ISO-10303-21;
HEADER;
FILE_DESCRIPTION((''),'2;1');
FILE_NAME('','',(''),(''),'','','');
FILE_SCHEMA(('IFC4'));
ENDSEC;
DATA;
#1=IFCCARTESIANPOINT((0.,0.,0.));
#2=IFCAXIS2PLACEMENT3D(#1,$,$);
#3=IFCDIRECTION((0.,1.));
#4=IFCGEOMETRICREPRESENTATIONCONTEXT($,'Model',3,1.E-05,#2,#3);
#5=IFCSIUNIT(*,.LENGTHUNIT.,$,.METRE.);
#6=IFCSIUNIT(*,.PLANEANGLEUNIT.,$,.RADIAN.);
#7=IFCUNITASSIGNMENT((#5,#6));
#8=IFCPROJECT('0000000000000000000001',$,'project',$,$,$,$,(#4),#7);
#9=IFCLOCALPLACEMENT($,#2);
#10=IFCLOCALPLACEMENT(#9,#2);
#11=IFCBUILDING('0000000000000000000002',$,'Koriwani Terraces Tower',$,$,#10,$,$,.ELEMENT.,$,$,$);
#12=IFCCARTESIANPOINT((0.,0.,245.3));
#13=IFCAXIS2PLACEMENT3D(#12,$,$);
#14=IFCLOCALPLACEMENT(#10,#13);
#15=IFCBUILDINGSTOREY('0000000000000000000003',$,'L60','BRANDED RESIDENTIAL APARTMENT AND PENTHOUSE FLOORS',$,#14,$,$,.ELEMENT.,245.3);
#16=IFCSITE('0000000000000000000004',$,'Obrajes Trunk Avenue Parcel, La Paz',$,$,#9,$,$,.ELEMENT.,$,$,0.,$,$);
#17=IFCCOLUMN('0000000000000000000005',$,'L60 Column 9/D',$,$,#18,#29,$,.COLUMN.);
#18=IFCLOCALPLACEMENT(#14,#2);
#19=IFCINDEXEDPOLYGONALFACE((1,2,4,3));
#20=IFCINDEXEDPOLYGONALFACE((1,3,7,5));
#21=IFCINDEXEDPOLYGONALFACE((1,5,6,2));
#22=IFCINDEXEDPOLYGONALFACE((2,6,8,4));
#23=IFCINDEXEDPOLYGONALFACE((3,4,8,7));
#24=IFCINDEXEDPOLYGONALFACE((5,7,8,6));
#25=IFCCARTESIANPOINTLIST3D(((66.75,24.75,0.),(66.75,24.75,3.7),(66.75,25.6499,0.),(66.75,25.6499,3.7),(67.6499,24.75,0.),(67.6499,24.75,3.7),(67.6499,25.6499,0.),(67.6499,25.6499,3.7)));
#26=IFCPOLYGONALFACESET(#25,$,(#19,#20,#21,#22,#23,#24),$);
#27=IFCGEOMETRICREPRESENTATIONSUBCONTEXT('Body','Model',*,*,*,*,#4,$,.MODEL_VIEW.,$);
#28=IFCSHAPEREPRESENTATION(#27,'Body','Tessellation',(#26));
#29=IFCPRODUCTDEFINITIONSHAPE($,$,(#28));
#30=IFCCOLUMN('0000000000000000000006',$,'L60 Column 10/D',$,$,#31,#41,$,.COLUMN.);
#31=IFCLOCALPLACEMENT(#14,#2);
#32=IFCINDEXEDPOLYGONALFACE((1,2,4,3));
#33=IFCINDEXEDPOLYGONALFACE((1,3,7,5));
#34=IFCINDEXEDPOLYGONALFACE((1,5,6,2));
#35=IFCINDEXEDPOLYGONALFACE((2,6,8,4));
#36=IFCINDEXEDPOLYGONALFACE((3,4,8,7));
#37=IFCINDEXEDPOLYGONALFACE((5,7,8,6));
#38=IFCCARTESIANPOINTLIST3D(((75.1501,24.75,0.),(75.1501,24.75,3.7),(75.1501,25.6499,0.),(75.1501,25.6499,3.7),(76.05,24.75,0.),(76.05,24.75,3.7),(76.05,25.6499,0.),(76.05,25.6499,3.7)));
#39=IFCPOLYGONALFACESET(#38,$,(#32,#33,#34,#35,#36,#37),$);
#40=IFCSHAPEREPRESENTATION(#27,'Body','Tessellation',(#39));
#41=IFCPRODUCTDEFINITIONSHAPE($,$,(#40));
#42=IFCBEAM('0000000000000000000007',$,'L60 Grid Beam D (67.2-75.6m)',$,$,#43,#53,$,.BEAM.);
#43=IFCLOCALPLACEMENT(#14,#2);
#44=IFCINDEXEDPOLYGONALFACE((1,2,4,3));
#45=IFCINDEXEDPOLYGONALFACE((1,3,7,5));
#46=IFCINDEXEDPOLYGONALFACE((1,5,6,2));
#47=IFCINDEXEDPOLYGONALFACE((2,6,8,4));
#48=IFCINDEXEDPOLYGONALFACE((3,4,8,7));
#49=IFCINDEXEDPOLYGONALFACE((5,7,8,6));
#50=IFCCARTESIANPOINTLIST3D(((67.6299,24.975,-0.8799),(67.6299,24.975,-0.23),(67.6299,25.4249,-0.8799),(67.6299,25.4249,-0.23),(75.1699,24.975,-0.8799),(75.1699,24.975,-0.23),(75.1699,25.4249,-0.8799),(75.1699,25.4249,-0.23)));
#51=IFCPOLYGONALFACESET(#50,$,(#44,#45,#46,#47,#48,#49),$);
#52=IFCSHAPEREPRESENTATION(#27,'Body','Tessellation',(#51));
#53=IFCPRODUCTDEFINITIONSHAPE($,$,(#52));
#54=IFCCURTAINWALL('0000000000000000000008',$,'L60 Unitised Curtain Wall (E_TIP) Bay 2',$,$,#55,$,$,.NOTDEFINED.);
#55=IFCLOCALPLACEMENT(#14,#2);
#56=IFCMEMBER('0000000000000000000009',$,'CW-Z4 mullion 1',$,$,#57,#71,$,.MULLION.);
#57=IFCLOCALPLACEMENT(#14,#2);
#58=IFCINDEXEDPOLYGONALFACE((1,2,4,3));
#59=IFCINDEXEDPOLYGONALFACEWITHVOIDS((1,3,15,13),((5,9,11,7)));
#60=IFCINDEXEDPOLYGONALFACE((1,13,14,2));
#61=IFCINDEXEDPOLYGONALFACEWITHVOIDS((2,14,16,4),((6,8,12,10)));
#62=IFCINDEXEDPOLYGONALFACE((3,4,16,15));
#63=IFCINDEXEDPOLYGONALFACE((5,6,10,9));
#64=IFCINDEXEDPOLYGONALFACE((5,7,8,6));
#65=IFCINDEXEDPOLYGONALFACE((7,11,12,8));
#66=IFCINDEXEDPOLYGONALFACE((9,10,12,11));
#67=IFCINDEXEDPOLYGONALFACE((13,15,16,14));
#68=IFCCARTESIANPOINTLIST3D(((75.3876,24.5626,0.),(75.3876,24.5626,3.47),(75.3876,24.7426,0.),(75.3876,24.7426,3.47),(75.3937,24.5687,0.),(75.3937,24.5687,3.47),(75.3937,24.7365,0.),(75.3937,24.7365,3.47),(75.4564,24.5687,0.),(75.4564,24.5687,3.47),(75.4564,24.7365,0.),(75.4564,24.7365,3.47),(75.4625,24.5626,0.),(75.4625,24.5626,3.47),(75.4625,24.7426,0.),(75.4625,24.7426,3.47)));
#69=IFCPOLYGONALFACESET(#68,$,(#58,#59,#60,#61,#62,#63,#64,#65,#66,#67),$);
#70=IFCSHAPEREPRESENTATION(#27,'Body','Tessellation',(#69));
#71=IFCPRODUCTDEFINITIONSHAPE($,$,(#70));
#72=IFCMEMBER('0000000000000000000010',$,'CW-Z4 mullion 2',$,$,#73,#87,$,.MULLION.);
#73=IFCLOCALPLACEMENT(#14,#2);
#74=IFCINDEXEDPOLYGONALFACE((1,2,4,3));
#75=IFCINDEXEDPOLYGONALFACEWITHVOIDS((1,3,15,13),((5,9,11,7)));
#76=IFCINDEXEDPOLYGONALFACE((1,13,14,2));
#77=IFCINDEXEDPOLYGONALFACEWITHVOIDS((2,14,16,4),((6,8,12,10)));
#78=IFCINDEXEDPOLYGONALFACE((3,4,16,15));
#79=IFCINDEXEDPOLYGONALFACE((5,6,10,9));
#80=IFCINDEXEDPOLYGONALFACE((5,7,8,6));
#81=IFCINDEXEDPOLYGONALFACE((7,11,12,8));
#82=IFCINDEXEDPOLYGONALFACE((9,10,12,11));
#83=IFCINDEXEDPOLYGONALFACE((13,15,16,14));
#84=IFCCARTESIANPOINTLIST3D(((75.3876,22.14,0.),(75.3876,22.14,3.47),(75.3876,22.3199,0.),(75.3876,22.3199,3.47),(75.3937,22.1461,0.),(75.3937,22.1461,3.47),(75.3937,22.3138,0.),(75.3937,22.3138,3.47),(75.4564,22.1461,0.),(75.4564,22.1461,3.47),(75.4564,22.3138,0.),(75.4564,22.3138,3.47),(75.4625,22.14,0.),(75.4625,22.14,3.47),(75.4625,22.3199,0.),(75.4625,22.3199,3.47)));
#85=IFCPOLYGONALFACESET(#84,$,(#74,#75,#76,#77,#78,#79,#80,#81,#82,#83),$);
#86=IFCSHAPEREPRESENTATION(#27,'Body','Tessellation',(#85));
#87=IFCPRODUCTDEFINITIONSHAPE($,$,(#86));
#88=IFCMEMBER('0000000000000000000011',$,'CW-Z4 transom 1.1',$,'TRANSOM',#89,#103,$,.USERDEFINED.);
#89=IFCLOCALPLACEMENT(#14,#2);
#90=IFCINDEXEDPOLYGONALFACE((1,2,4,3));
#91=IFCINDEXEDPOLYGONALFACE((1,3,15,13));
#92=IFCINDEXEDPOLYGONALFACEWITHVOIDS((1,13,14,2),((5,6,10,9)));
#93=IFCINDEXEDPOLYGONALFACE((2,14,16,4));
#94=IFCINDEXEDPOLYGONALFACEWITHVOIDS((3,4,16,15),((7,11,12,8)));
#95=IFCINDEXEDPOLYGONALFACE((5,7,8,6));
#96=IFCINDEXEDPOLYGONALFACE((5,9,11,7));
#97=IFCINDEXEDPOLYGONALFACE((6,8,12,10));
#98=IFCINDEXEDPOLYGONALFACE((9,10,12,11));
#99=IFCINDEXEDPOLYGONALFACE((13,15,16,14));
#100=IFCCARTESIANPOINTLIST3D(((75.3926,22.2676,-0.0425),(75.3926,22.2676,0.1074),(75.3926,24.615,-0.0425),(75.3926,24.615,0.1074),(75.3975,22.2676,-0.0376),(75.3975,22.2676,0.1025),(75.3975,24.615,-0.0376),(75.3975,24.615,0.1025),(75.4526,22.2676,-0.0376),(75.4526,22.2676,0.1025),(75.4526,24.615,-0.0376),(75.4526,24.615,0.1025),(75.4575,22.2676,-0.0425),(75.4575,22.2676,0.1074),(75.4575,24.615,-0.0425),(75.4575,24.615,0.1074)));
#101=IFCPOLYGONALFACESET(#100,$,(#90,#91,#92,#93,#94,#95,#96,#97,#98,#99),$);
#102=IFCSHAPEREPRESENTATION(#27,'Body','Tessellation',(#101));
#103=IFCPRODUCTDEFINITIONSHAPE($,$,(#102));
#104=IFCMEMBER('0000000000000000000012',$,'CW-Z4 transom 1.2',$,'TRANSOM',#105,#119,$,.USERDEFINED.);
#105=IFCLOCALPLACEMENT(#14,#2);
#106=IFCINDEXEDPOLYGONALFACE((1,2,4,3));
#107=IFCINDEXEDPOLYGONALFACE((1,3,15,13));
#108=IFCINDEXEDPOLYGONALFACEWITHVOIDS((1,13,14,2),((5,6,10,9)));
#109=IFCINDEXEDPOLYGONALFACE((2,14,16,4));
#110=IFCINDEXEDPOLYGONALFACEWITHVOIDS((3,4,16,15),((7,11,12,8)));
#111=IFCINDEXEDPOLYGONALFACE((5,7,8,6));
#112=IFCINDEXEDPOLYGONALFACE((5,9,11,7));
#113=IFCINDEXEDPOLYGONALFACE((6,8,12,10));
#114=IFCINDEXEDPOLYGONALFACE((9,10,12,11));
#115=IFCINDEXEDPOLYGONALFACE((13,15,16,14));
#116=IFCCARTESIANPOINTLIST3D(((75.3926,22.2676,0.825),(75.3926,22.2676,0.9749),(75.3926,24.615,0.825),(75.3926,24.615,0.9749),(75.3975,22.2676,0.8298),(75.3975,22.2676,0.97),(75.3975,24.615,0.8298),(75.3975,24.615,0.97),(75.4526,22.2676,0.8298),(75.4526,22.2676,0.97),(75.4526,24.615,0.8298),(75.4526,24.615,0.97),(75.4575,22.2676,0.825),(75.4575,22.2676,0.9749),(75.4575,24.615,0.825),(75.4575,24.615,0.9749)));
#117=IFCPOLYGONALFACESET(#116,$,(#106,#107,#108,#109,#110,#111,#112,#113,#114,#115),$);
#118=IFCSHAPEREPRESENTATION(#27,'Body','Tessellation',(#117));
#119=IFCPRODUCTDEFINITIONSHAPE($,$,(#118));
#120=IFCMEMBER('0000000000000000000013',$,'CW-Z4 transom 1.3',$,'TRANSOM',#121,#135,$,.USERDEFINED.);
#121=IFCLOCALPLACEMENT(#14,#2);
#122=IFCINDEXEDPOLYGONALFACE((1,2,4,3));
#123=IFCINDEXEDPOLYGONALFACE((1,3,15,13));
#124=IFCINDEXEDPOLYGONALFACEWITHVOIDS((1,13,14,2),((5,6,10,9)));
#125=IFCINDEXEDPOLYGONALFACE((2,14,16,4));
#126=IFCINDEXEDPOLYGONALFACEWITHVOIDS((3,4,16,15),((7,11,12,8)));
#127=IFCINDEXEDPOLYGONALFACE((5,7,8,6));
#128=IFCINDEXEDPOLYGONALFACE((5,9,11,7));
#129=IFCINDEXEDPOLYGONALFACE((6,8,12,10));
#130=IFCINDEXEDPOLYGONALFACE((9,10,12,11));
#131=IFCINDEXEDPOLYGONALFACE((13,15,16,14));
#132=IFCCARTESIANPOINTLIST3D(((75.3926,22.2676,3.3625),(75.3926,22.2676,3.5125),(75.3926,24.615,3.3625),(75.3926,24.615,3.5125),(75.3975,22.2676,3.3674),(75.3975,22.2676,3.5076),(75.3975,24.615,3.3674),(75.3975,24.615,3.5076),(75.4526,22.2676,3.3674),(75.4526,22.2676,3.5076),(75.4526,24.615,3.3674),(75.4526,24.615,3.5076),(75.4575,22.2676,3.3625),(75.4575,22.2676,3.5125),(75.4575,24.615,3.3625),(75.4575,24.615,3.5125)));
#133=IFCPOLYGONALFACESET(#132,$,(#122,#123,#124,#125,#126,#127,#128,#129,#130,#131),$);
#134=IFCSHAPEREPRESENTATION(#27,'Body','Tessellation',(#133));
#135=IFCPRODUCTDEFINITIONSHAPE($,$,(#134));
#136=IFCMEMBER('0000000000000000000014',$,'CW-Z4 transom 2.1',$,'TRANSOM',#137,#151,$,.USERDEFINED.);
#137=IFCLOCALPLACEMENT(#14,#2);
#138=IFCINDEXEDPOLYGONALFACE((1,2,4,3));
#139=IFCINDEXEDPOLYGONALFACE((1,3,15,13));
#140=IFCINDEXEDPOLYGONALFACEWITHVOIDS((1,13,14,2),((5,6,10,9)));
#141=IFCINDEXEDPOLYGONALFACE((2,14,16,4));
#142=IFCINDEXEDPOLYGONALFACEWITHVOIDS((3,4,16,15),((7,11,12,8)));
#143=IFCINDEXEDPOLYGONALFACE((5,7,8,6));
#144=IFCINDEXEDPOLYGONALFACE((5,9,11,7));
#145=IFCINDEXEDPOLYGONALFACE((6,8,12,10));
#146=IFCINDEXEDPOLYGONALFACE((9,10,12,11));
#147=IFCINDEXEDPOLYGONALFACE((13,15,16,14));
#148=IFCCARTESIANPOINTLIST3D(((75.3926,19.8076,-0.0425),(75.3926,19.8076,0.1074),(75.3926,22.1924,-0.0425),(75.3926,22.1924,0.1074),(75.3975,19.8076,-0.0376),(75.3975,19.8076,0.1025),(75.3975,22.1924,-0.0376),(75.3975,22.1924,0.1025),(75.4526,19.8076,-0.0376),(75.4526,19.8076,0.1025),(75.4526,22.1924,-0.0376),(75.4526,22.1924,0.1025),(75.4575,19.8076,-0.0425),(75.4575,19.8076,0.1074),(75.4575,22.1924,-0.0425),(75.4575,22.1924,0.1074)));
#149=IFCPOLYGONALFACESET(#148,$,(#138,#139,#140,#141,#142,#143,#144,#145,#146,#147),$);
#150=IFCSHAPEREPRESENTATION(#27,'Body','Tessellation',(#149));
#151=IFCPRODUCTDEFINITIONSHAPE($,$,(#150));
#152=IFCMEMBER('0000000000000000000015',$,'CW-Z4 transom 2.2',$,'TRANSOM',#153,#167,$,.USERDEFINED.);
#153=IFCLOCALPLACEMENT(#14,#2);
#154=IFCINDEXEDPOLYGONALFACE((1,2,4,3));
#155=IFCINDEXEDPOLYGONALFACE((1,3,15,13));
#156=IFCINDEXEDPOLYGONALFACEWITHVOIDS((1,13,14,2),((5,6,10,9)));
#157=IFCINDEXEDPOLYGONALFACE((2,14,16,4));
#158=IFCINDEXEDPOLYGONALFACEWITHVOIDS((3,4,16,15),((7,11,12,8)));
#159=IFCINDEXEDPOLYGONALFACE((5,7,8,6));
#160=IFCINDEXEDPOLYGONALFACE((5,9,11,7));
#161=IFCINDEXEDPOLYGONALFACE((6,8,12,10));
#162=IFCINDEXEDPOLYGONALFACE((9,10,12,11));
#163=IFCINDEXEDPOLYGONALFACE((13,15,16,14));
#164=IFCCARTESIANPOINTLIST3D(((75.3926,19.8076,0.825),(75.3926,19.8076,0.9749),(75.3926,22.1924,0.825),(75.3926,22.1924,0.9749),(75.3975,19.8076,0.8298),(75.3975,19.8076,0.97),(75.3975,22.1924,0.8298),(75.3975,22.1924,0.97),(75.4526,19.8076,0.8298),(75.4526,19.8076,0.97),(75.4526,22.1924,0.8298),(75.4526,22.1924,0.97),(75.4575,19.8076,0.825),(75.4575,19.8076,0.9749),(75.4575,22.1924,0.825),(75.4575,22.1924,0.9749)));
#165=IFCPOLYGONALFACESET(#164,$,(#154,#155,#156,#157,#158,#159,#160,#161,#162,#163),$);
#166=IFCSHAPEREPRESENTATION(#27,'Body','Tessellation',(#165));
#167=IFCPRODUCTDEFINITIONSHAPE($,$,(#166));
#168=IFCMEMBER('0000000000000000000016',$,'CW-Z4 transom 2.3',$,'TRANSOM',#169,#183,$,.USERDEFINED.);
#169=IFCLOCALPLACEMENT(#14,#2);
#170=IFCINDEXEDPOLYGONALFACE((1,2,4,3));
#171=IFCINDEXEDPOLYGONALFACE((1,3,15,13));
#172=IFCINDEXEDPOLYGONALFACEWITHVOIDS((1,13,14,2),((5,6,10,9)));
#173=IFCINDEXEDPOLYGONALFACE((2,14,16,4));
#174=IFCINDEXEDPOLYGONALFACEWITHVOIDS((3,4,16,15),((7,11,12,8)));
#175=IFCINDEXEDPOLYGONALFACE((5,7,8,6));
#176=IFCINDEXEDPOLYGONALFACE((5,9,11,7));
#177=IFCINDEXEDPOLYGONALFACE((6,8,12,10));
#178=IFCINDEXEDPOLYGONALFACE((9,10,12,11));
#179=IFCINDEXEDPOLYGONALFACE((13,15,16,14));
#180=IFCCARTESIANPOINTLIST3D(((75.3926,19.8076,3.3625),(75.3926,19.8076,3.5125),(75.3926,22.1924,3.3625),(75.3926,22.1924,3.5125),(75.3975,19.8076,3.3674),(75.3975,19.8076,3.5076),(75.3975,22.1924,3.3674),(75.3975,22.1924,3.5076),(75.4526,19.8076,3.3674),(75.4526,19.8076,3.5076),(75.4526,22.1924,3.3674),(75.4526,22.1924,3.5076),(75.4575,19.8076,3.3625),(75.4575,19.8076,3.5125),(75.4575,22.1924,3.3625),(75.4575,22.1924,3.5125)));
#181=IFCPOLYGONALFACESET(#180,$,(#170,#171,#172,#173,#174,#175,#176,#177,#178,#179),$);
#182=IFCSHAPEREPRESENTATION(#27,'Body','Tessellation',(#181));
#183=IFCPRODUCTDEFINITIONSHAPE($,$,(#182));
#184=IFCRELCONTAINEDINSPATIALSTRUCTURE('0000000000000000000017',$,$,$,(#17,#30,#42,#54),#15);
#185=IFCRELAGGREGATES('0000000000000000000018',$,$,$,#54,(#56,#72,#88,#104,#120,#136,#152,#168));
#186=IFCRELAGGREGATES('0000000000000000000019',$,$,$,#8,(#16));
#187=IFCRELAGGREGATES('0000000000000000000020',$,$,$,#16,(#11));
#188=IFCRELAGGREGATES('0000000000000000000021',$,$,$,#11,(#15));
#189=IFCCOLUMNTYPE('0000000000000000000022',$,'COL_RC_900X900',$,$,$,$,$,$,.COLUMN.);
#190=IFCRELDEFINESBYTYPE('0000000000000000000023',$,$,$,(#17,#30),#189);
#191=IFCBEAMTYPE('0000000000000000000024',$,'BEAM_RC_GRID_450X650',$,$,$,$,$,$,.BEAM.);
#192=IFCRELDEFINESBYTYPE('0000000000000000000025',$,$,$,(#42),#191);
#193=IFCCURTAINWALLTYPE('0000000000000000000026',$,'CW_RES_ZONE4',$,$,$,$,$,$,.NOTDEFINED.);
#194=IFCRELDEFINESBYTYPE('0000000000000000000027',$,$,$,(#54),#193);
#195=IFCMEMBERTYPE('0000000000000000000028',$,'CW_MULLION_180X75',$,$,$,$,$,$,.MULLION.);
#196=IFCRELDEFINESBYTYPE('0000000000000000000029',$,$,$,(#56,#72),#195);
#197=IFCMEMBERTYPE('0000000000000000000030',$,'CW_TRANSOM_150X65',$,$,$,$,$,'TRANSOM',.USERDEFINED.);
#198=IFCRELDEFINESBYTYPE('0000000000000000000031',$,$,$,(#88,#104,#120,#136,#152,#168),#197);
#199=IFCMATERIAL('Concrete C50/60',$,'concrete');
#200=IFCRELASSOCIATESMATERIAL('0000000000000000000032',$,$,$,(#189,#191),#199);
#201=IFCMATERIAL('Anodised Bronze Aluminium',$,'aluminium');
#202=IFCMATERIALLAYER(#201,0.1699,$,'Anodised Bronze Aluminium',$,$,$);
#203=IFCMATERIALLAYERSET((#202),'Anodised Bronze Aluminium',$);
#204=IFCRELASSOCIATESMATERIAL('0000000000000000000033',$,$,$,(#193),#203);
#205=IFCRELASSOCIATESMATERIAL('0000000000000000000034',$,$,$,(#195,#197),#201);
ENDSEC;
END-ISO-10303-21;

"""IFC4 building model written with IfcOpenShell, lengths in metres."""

from ifc_helpers import new_model, si_unit, direction, frame, origin, origin_2d, place, context, subcontext, project, spatial, rectangle, hollow_rectangle, extrude, material, layer, layer_set, material_profile, profile_set, type_object, element, aggregate, save


model = new_model("IFC4")

# Units and contexts
model_context = context("Model", 3, precision=1e-05, world=origin(), true_north=direction((0.0, 1.0)))
body_context = subcontext(model_context, "Body", "Model", "MODEL_VIEW")
ifc_project = project(units=[si_unit("LENGTHUNIT", "METRE"), si_unit("PLANEANGLEUNIT", "RADIAN")], contexts=[model_context])

# Site, building, storey
site_placement = place(None, origin())
site = spatial("IfcSite", under=ifc_project, at=site_placement, Name="Obrajes Trunk Avenue Parcel, La Paz", CompositionType="ELEMENT", RefElevation=0.0)
building_placement = place(site_placement, origin())
building = spatial("IfcBuilding", under=site, at=building_placement, Name="Koriwani Terraces Tower", CompositionType="ELEMENT")
storey_placement = place(building_placement, frame((0.0, 0.0, 245.3)))
storey = spatial("IfcBuildingStorey", under=building, at=storey_placement, Name="L60", Description="BRANDED RESIDENTIAL APARTMENT AND PENTHOUSE FLOORS", CompositionType="ELEMENT", Elevation=245.3)

# Columns
ifc_material_1 = material(Name="Concrete C50/60", Category="concrete")
ifc_material_profile_1 = material_profile(ifc_material_1, rectangle(XDim=0.8999, YDim=0.8999, at=origin_2d()), Name="Concrete C50/60", Category="LoadBearing")
ifc_profile_set_1 = profile_set([ifc_material_profile_1], Name="Concrete C50/60")
column_type = type_object("IfcColumnType", Name="COL_RC_900X900", PredefinedType="COLUMN", material=ifc_profile_set_1)
for number, where, z_axis, x_axis, name in (
    (1, (67.2, 25.2, 0.0), (0.0, 0.0, 1.0), (1.0, 0.0, 0.0), "L60 Column 9/D"),
    (2, (75.6001, 25.2, 0.0), (0.0, 0.0, 1.0), (1.0, 0.0, 0.0), "L60 Column 10/D"),
):
    element("IfcColumn", number, at=place(storey_placement, frame(where, z_axis=z_axis, x_axis=x_axis)), inside=storey, type_object=column_type, Name=name, PredefinedType="COLUMN", context=body_context, shape_type="SweptSolid", body=[
        extrude(rectangle(XDim=0.8999, YDim=0.8999, at=origin_2d()), origin(), (0.0, 0.0, 1.0), 3.7),
    ])

# Beam
ifc_material_profile_2 = material_profile(ifc_material_1, rectangle(XDim=0.45, YDim=0.6499, at=origin_2d()), Name="Concrete C50/60", Category="LoadBearing")
ifc_profile_set_2 = profile_set([ifc_material_profile_2], Name="Concrete C50/60")
beam_type_1 = type_object("IfcBeamType", Name="BEAM_RC_GRID_450X650", PredefinedType="BEAM", material=ifc_profile_set_2)
beam_1_placement = place(storey_placement, frame((67.6299, 25.2, -0.5549), z_axis=(1.0, 0.0, 0.0), x_axis=(0.0, 1.0, 0.0)))
element("IfcBeam", 3, at=beam_1_placement, inside=storey, type_object=beam_type_1, Name="L60 Grid Beam D (67.2-75.6m)", PredefinedType="BEAM", context=body_context, shape_type="SweptSolid", body=[
    extrude(rectangle(XDim=0.45, YDim=0.6499, at=origin_2d()), origin(), (0.0, 0.0, 1.0), 7.54),
])

# Curtain wall, members
ifc_material_2 = material(Name="Anodised Bronze Aluminium", Category="aluminium")
ifc_layer_1 = layer(ifc_material_2, 0.1699, Name="Anodised Bronze Aluminium")
ifc_layer_set_1 = layer_set([ifc_layer_1], Name="Anodised Bronze Aluminium")
curtain_wall_type = type_object("IfcCurtainWallType", Name="CW_RES_ZONE4", PredefinedType="NOTDEFINED", material=ifc_layer_set_1)
curtain_wall_placement = place(storey_placement, origin())
curtain_wall = element("IfcCurtainWall", 4, at=curtain_wall_placement, inside=storey, type_object=curtain_wall_type, Name="L60 Unitised Curtain Wall (E_TIP) Bay 2", PredefinedType="NOTDEFINED")
ifc_material_profile_3 = material_profile(ifc_material_2, hollow_rectangle(XDim=0.075, YDim=0.1799, WallThickness=0.0061, at=origin_2d()), Name="Anodised Bronze Aluminium", Category="LoadBearing")
ifc_profile_set_3 = profile_set([ifc_material_profile_3], Name="Anodised Bronze Aluminium")
member_type_1 = type_object("IfcMemberType", Name="CW_MULLION_180X75", PredefinedType="MULLION", material=ifc_profile_set_3)
member_1_placement = place(storey_placement, frame((75.425, 24.6526, 0.0), z_axis=(0.0, 0.0, 1.0), x_axis=(1.0, 0.0, 0.0)))
member_1 = element("IfcMember", 5, at=member_1_placement, type_object=member_type_1, Name="CW-Z4 mullion 1", PredefinedType="MULLION", context=body_context, shape_type="SweptSolid", body=[
    extrude(hollow_rectangle(XDim=0.075, YDim=0.1799, WallThickness=0.0061, at=origin_2d()), origin(), (0.0, 0.0, 1.0), 3.47),
])
member_2_placement = place(storey_placement, frame((75.425, 22.23, 0.0), z_axis=(0.0, 0.0, 1.0), x_axis=(1.0, 0.0, 0.0)))
member_2 = element("IfcMember", 6, at=member_2_placement, type_object=member_type_1, Name="CW-Z4 mullion 2", PredefinedType="MULLION", context=body_context, shape_type="SweptSolid", body=[
    extrude(hollow_rectangle(XDim=0.075, YDim=0.1799, WallThickness=0.0061, at=origin_2d()), origin(), (0.0, 0.0, 1.0), 3.47),
])
ifc_material_profile_4 = material_profile(ifc_material_2, hollow_rectangle(XDim=0.0649, YDim=0.1499, WallThickness=0.0049, at=origin_2d()), Name="Anodised Bronze Aluminium", Category="LoadBearing")
ifc_profile_set_4 = profile_set([ifc_material_profile_4], Name="Anodised Bronze Aluminium")
member_type_2 = type_object("IfcMemberType", Name="CW_TRANSOM_150X65", ElementType="TRANSOM", PredefinedType="USERDEFINED", material=ifc_profile_set_4)
member_3_placement = place(storey_placement, frame((75.425, 24.615, 0.0325), z_axis=(0.0, -1.0, 0.0), x_axis=(1.0, 0.0, 0.0)))
member_3 = element("IfcMember", 7, at=member_3_placement, type_object=member_type_2, Name="CW-Z4 transom 1.1", ObjectType="TRANSOM", PredefinedType="USERDEFINED", context=body_context, shape_type="SweptSolid", body=[
    extrude(hollow_rectangle(XDim=0.0649, YDim=0.1499, WallThickness=0.0049, at=origin_2d()), origin(), (0.0, 0.0, 1.0), 2.3474),
])
member_4_placement = place(storey_placement, frame((75.425, 24.615, 0.8999), z_axis=(0.0, -1.0, 0.0), x_axis=(1.0, 0.0, 0.0)))
member_4 = element("IfcMember", 8, at=member_4_placement, type_object=member_type_2, Name="CW-Z4 transom 1.2", ObjectType="TRANSOM", PredefinedType="USERDEFINED", context=body_context, shape_type="SweptSolid", body=[
    extrude(hollow_rectangle(XDim=0.0649, YDim=0.1499, WallThickness=0.0049, at=origin_2d()), origin(), (0.0, 0.0, 1.0), 2.3474),
])
member_5_placement = place(storey_placement, frame((75.425, 24.615, 3.4375), z_axis=(0.0, -1.0, 0.0), x_axis=(1.0, 0.0, 0.0)))
member_5 = element("IfcMember", 9, at=member_5_placement, type_object=member_type_2, Name="CW-Z4 transom 1.3", ObjectType="TRANSOM", PredefinedType="USERDEFINED", context=body_context, shape_type="SweptSolid", body=[
    extrude(hollow_rectangle(XDim=0.0649, YDim=0.1499, WallThickness=0.0049, at=origin_2d()), origin(), (0.0, 0.0, 1.0), 2.3474),
])
member_6_placement = place(storey_placement, frame((75.425, 22.1924, 0.0325), z_axis=(0.0, -1.0, 0.0), x_axis=(1.0, 0.0, 0.0)))
member_6 = element("IfcMember", 10, at=member_6_placement, type_object=member_type_2, Name="CW-Z4 transom 2.1", ObjectType="TRANSOM", PredefinedType="USERDEFINED", context=body_context, shape_type="SweptSolid", body=[
    extrude(hollow_rectangle(XDim=0.0649, YDim=0.1499, WallThickness=0.0049, at=origin_2d()), origin(), (0.0, 0.0, 1.0), 2.3848),
])
member_7_placement = place(storey_placement, frame((75.425, 22.1924, 0.8999), z_axis=(0.0, -1.0, 0.0), x_axis=(1.0, 0.0, 0.0)))
member_7 = element("IfcMember", 11, at=member_7_placement, type_object=member_type_2, Name="CW-Z4 transom 2.2", ObjectType="TRANSOM", PredefinedType="USERDEFINED", context=body_context, shape_type="SweptSolid", body=[
    extrude(hollow_rectangle(XDim=0.0649, YDim=0.1499, WallThickness=0.0049, at=origin_2d()), origin(), (0.0, 0.0, 1.0), 2.3848),
])
member_8_placement = place(storey_placement, frame((75.425, 22.1924, 3.4375), z_axis=(0.0, -1.0, 0.0), x_axis=(1.0, 0.0, 0.0)))
member_8 = element("IfcMember", 12, at=member_8_placement, type_object=member_type_2, Name="CW-Z4 transom 2.3", ObjectType="TRANSOM", PredefinedType="USERDEFINED", context=body_context, shape_type="SweptSolid", body=[
    extrude(hollow_rectangle(XDim=0.0649, YDim=0.1499, WallThickness=0.0049, at=origin_2d()), origin(), (0.0, 0.0, 1.0), 2.3848),
])

aggregate(curtain_wall, [member_1, member_2, member_3, member_4, member_5, member_6, member_7, member_8])

save(model, "model.ifc")
